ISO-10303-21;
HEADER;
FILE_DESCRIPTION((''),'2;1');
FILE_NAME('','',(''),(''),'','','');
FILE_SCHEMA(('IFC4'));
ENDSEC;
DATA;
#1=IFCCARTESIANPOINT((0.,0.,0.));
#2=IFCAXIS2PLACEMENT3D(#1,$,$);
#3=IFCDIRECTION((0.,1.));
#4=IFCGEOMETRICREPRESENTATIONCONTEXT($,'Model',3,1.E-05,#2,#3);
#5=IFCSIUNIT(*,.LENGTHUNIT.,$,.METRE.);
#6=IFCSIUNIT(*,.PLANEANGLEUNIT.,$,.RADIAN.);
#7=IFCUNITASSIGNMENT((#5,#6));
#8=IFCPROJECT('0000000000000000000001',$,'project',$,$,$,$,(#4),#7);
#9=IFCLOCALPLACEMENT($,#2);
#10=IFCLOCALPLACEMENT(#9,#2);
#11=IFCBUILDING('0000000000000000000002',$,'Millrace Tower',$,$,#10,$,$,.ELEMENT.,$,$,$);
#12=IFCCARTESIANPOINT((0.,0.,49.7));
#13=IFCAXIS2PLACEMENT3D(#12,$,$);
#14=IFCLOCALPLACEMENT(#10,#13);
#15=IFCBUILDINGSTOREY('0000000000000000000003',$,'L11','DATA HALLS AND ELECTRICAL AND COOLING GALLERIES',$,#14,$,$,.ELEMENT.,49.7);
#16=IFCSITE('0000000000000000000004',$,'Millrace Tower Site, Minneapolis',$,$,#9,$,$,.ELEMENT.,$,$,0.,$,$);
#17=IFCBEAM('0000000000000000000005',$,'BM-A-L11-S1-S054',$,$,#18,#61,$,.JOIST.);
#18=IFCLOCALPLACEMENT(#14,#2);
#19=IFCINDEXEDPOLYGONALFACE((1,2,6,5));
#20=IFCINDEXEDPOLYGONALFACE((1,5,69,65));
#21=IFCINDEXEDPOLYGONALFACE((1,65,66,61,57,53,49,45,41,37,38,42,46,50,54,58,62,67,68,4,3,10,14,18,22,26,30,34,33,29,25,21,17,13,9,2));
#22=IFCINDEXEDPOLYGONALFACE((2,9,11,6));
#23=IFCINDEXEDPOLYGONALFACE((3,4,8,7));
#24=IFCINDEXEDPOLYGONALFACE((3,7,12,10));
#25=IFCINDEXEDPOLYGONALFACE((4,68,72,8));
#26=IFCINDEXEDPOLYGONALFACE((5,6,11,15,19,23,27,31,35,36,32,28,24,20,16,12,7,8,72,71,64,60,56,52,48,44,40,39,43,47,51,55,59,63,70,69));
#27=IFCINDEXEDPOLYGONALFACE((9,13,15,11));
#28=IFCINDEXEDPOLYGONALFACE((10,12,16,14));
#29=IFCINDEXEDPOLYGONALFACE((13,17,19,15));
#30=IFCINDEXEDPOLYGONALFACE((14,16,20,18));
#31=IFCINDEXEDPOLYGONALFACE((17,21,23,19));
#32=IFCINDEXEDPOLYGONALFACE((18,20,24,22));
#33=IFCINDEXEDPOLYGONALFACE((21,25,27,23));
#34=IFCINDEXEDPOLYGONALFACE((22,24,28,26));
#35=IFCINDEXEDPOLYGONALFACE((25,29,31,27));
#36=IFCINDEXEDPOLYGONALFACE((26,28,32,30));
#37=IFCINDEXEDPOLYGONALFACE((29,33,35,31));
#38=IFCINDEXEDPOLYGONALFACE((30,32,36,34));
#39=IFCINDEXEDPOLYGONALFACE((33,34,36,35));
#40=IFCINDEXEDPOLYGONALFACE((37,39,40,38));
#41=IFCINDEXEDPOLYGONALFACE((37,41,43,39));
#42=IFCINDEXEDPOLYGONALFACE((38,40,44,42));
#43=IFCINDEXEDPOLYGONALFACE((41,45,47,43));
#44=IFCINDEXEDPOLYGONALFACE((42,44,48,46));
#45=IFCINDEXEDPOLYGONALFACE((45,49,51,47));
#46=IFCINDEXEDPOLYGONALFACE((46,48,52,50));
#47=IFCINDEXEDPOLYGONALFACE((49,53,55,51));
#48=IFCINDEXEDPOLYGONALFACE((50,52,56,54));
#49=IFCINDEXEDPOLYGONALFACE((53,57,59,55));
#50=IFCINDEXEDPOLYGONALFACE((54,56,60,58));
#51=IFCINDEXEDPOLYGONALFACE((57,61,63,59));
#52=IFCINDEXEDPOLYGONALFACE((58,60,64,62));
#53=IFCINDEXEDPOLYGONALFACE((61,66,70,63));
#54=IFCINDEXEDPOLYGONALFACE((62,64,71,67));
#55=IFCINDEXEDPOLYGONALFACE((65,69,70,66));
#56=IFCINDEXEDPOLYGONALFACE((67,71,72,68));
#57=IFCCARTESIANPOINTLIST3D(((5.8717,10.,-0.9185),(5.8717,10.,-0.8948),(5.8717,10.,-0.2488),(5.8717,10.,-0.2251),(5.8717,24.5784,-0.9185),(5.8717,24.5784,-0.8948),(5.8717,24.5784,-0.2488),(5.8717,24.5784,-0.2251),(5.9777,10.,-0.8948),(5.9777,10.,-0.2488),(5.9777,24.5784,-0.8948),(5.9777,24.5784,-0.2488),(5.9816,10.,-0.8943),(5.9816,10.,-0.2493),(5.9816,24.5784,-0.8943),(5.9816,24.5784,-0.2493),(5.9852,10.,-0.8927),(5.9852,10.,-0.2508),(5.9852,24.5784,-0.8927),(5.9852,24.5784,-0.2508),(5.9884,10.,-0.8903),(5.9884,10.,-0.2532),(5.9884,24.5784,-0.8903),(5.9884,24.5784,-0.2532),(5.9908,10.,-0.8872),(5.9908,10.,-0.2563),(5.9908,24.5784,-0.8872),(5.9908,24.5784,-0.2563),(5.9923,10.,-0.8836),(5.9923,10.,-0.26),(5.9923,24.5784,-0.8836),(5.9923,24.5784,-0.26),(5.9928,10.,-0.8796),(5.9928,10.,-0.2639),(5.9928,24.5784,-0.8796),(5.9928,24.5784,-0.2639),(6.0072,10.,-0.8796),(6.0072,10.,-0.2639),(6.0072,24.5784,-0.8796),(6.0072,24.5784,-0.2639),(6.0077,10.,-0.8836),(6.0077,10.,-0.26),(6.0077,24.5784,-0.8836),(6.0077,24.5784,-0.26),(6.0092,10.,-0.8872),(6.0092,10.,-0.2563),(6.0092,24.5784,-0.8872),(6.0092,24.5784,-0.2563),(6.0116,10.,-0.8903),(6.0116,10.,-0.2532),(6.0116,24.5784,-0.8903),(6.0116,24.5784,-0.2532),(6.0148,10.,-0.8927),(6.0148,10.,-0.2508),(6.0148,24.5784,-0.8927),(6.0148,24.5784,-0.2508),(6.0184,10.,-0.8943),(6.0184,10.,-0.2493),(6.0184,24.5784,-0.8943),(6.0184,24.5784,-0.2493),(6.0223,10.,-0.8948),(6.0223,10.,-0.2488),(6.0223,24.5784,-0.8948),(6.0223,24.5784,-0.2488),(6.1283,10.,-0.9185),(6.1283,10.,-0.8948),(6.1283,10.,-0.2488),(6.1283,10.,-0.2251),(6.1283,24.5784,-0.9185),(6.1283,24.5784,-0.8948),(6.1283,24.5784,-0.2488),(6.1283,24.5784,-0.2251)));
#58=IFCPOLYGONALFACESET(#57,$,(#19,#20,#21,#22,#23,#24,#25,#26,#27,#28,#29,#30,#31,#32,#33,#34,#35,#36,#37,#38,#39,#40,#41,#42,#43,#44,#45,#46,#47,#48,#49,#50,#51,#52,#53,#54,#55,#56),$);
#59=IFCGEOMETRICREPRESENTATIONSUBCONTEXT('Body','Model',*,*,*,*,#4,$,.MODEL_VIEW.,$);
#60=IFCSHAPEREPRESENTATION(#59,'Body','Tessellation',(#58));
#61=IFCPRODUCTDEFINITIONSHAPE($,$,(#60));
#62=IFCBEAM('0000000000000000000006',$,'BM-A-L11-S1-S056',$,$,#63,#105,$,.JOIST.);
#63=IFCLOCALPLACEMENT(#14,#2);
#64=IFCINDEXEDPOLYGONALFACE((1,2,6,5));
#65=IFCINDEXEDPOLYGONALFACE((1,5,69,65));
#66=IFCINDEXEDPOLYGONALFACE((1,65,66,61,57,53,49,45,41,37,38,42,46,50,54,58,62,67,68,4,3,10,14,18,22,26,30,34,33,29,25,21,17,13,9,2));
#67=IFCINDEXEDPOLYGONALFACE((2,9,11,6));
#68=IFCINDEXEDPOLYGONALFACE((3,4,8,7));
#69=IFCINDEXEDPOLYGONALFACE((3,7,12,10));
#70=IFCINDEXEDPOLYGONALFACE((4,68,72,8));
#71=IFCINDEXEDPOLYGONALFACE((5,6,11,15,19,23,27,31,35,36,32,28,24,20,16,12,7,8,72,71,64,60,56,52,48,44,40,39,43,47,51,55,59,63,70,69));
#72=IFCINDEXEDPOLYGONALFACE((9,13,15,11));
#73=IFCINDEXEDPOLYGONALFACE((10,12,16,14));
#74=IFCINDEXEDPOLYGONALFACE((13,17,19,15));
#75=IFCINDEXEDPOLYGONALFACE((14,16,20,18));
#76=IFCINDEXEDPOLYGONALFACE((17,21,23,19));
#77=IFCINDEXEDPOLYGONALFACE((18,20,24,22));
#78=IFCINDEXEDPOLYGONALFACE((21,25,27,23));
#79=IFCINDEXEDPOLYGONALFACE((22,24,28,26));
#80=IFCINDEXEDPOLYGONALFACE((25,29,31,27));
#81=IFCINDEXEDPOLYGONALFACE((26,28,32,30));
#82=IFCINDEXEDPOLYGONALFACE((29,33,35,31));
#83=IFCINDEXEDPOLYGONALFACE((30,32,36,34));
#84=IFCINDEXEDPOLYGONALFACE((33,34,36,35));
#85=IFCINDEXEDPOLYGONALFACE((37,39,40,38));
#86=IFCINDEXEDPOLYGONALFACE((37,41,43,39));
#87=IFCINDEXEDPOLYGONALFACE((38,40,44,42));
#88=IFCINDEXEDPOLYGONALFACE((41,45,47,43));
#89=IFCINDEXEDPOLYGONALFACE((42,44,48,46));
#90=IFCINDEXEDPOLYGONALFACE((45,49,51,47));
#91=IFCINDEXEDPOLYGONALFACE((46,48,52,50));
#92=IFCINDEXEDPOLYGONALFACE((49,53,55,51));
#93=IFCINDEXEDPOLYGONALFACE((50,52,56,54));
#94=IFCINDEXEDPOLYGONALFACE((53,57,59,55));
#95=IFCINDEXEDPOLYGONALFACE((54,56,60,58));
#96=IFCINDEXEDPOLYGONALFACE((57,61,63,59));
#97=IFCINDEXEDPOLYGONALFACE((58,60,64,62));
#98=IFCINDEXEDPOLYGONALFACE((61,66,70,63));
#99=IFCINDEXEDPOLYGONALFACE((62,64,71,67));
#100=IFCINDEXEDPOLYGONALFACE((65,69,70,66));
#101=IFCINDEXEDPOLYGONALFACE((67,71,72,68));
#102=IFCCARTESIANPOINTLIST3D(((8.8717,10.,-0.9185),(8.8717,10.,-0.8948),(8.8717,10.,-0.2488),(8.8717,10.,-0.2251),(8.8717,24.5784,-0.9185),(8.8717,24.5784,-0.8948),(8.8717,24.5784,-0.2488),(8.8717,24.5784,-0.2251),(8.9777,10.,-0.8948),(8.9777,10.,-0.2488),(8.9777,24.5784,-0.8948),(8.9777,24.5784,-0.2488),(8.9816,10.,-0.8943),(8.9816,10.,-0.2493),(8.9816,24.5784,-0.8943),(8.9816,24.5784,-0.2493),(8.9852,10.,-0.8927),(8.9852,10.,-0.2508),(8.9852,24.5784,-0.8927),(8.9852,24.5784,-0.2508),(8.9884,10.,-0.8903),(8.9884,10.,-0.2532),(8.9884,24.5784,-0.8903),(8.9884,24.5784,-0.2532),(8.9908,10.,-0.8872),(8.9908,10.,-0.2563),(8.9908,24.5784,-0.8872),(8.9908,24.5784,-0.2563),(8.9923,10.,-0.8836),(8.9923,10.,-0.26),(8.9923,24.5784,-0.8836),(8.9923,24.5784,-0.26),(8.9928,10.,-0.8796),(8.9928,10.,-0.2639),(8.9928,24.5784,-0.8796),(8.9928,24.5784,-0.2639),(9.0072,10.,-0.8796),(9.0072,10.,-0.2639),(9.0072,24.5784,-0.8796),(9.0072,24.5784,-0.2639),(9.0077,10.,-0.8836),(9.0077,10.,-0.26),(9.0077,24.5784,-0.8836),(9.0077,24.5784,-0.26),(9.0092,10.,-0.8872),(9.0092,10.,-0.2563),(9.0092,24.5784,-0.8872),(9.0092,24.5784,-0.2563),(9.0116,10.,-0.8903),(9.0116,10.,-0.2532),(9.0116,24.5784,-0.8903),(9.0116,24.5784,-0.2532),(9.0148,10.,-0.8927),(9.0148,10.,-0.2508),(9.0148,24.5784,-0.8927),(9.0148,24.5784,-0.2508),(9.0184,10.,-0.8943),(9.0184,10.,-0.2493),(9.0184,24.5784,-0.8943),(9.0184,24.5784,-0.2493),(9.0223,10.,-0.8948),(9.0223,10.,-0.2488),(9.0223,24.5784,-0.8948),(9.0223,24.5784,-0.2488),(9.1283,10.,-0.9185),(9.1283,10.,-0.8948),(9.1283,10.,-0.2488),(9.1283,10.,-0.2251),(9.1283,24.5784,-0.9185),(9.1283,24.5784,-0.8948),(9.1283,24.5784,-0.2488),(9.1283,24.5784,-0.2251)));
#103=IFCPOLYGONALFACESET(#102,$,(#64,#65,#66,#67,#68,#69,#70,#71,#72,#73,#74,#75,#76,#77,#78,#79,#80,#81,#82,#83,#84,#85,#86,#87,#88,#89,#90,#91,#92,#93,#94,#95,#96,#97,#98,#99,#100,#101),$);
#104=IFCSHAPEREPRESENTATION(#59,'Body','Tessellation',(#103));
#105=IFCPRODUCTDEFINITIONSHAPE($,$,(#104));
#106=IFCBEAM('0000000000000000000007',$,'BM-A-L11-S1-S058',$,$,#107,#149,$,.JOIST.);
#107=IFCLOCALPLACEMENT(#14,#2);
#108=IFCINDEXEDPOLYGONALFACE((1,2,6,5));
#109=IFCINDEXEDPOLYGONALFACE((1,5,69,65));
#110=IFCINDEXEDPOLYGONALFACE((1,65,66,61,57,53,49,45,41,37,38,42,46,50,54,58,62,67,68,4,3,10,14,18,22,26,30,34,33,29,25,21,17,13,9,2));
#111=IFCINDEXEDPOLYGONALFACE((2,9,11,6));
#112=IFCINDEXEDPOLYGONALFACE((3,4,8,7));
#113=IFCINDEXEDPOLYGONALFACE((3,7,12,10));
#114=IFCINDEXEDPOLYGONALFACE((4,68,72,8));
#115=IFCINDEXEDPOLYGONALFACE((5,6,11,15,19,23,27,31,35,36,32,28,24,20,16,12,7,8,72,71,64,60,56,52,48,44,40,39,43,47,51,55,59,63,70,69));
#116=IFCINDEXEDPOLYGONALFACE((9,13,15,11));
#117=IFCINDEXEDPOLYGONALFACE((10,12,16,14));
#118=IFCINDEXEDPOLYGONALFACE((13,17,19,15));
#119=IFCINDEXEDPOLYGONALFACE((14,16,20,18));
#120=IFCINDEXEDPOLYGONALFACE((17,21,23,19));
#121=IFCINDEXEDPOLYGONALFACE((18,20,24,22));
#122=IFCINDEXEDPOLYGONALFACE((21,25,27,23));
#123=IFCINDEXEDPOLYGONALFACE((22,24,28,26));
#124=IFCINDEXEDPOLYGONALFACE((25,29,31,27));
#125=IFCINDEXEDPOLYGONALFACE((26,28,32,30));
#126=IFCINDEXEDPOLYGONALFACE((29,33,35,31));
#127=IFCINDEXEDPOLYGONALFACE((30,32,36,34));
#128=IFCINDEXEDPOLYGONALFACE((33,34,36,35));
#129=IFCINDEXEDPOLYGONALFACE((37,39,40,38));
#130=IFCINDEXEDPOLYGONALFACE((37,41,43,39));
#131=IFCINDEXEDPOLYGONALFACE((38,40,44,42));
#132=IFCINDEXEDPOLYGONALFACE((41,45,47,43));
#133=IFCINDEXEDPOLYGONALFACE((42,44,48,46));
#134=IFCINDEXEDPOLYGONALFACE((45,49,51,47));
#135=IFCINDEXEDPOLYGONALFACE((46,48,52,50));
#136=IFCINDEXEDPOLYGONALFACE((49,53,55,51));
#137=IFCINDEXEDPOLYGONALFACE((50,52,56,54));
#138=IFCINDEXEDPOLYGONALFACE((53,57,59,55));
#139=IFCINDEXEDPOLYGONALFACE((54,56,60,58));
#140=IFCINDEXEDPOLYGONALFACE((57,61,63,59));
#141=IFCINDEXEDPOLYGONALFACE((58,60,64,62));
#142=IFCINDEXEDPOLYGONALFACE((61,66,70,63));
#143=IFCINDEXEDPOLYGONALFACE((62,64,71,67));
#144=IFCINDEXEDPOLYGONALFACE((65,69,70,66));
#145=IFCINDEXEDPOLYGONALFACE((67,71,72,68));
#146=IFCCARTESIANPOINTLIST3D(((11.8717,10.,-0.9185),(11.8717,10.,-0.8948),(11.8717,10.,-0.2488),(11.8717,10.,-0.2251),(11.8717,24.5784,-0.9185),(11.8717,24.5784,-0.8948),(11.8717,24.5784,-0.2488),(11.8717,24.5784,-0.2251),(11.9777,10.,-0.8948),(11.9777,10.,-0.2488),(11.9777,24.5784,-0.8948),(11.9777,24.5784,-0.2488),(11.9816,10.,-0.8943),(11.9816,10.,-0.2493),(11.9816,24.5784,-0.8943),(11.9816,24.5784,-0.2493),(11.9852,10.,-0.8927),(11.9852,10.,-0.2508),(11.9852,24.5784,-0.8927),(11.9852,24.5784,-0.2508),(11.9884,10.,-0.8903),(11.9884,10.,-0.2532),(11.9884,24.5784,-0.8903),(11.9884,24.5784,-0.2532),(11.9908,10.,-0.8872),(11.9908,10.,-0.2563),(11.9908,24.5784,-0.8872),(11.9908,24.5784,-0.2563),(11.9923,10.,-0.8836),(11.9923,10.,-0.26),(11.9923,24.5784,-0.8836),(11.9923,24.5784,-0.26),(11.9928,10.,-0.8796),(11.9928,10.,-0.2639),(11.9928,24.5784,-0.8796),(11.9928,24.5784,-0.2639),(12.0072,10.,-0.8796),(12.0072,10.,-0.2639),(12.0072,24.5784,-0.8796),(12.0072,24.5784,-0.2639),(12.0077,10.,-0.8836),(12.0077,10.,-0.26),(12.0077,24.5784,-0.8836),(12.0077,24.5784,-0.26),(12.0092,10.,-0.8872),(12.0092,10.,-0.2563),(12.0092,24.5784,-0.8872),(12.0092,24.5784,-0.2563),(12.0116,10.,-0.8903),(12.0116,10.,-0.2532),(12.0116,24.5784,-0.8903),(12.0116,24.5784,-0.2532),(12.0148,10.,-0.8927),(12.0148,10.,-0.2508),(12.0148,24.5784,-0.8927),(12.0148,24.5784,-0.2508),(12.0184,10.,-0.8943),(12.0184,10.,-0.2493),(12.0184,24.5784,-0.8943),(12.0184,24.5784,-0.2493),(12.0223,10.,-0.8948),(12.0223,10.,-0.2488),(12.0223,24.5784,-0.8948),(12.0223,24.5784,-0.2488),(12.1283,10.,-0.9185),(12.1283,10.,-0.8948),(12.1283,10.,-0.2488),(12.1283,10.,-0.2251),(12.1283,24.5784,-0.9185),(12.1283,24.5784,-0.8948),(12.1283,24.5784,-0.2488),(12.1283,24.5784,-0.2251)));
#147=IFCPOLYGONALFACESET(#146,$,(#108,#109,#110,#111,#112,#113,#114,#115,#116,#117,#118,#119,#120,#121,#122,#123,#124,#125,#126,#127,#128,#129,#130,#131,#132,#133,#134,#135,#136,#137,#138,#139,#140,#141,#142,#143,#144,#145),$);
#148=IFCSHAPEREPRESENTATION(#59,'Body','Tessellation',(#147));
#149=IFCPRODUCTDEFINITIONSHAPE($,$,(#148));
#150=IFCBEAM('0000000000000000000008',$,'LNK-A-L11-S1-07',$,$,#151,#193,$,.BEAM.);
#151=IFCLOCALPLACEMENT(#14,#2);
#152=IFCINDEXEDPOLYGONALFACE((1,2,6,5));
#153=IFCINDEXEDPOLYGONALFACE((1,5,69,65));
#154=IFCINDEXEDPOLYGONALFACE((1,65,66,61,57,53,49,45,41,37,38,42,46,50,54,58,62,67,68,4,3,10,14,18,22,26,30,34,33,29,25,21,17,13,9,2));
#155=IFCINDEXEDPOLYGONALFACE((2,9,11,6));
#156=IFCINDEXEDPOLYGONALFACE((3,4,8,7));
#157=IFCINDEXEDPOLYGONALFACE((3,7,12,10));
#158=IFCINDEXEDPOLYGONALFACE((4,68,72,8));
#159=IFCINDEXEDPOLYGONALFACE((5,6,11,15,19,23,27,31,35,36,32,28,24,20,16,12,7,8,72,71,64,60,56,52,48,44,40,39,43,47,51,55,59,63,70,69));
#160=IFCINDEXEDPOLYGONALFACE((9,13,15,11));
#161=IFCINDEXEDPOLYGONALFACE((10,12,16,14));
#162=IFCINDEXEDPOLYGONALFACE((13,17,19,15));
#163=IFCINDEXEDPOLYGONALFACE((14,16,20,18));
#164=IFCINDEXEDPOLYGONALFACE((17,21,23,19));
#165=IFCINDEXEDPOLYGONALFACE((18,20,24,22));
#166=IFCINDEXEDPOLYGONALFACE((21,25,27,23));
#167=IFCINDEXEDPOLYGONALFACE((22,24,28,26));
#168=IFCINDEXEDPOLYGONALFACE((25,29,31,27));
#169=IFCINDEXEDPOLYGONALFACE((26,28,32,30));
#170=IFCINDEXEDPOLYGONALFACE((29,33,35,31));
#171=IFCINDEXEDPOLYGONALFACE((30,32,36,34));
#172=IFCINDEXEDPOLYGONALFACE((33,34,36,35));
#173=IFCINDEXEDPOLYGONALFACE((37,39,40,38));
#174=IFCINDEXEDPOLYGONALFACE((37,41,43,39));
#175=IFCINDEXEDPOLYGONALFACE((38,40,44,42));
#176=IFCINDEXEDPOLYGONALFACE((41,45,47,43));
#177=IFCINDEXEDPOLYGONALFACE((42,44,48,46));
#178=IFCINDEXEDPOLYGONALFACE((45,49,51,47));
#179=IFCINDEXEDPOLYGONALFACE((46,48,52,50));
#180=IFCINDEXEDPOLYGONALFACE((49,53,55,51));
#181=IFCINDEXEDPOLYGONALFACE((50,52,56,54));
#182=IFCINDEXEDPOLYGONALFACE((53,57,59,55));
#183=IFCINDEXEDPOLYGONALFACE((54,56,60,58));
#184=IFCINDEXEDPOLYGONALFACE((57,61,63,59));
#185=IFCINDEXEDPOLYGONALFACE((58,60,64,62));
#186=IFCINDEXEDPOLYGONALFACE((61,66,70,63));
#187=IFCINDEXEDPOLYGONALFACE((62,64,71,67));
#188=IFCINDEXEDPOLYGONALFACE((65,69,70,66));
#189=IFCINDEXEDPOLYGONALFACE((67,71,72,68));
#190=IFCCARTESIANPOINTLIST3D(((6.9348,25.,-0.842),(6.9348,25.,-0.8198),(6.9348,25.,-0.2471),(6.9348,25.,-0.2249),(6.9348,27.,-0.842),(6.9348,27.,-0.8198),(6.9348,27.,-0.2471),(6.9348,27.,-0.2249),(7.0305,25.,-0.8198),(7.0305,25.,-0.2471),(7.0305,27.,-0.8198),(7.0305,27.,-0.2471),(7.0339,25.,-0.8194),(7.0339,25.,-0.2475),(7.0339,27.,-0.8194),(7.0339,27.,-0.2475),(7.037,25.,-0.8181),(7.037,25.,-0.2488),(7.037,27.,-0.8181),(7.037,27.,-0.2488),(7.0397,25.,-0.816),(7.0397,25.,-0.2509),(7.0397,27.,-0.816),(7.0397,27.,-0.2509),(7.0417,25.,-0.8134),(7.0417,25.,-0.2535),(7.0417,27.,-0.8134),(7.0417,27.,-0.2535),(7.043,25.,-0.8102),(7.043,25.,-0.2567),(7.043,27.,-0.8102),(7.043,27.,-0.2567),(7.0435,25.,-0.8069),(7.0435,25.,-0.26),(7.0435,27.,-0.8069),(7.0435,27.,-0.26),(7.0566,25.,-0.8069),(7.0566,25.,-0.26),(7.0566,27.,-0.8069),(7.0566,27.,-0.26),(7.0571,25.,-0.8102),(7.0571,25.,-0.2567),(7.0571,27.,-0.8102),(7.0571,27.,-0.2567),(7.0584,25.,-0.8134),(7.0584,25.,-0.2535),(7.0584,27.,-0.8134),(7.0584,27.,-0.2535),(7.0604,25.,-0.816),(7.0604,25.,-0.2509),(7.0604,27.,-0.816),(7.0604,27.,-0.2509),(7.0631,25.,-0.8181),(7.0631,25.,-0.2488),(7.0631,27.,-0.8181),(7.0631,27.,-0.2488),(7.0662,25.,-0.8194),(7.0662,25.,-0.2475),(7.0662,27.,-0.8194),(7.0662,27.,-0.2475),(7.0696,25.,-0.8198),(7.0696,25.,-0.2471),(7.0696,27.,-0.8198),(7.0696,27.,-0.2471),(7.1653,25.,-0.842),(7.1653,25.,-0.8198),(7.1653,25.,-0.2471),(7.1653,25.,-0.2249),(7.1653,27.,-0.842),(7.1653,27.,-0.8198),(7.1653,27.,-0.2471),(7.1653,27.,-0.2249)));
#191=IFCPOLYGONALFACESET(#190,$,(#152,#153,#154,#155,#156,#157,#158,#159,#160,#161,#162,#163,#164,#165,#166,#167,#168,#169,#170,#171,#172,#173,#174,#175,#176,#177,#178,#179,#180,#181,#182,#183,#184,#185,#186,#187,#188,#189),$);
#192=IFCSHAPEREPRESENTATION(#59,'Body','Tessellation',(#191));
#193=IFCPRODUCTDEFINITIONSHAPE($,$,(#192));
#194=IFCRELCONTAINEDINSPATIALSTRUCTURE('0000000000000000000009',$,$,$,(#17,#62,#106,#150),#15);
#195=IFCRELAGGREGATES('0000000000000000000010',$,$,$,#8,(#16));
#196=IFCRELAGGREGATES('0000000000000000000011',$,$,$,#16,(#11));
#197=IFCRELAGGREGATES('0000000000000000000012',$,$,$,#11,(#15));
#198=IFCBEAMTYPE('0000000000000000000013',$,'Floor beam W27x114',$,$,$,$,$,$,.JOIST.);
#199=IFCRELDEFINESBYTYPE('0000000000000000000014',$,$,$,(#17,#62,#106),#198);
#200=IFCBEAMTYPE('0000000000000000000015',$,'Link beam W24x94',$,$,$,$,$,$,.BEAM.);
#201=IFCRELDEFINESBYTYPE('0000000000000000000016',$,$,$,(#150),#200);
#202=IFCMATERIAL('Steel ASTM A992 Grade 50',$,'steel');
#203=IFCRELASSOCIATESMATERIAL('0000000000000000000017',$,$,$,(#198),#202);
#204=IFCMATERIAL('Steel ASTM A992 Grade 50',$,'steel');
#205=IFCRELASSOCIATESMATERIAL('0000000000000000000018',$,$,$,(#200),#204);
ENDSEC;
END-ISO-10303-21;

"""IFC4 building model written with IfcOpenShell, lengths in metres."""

from ifc_helpers import new_model, si_unit, direction, frame, origin, origin_2d, place, context, subcontext, project, spatial, i_section, extrude, material, material_profile, profile_set, type_object, element, save


model = new_model("IFC4")

# Units and contexts
model_context = context("Model", 3, precision=1e-05, world=origin(), true_north=direction((0.0, 1.0)))
body_context = subcontext(model_context, "Body", "Model", "MODEL_VIEW")
ifc_project = project(units=[si_unit("LENGTHUNIT", "METRE"), si_unit("PLANEANGLEUNIT", "RADIAN")], contexts=[model_context])

# Site, building, storey
site_placement = place(None, origin())
site = spatial("IfcSite", under=ifc_project, at=site_placement, Name="Millrace Tower Site, Minneapolis", CompositionType="ELEMENT", RefElevation=0.0)
building_placement = place(site_placement, origin())
building = spatial("IfcBuilding", under=site, at=building_placement, Name="Millrace Tower", CompositionType="ELEMENT")
storey_placement = place(building_placement, frame((0.0, 0.0, 49.7)))
storey = spatial("IfcBuildingStorey", under=building, at=storey_placement, Name="L11", Description="DATA HALLS AND ELECTRICAL AND COOLING GALLERIES", CompositionType="ELEMENT", Elevation=49.7)

# Beams
ifc_material_1 = material(Name="Steel ASTM A992 Grade 50", Category="steel")
ifc_material_profile_1 = material_profile(ifc_material_1, i_section(OverallWidth=0.2566, OverallDepth=0.6934, WebThickness=0.0144, FlangeThickness=0.0237, FilletRadius=0.0151, at=origin_2d()))
ifc_profile_set_1 = profile_set([ifc_material_profile_1], Name="Steel ASTM A992 Grade 50")
beam_type_1 = type_object("IfcBeamType", Name="Floor beam W27x114", PredefinedType="JOIST", material=ifc_profile_set_1)
for number, where, z_axis, x_axis, name in (
    (1, (6.0, 10.0, -0.5718), (0.0, 1.0, 0.0), (-1.0, 0.0, 0.0), "BM-A-L11-S1-S054"),
    (2, (9.0, 10.0, -0.5718), (0.0, 1.0, 0.0), (-1.0, 0.0, 0.0), "BM-A-L11-S1-S056"),
    (3, (12.0, 10.0, -0.5718), (0.0, 1.0, 0.0), (-1.0, 0.0, 0.0), "BM-A-L11-S1-S058"),
):
    element("IfcBeam", number, at=place(storey_placement, frame(where, z_axis=z_axis, x_axis=x_axis)), inside=storey, type_object=beam_type_1, Name=name, PredefinedType="JOIST", context=body_context, shape_type="SweptSolid", body=[
        extrude(i_section(OverallWidth=0.2566, OverallDepth=0.6934, WebThickness=0.0144, FlangeThickness=0.0237, FilletRadius=0.0151, at=origin_2d()), origin(), (0.0, 0.0, 1.0), 14.5784),
    ])
ifc_material_2 = material(Name="Steel ASTM A992 Grade 50", Category="steel")
ifc_material_profile_2 = material_profile(ifc_material_2, i_section(OverallWidth=0.2305, OverallDepth=0.6172, WebThickness=0.0132, FlangeThickness=0.0222, FilletRadius=0.0129, at=origin_2d()))
ifc_profile_set_2 = profile_set([ifc_material_profile_2], Name="Steel ASTM A992 Grade 50")
beam_type_2 = type_object("IfcBeamType", Name="Link beam W24x94", PredefinedType="BEAM", material=ifc_profile_set_2)
beam_1_placement = place(storey_placement, frame((7.05, 25.0, -0.5334), z_axis=(0.0, 1.0, 0.0), x_axis=(-1.0, 0.0, 0.0)))
element("IfcBeam", 4, at=beam_1_placement, inside=storey, type_object=beam_type_2, Name="LNK-A-L11-S1-07", PredefinedType="BEAM", context=body_context, shape_type="SweptSolid", body=[
    extrude(i_section(OverallWidth=0.2305, OverallDepth=0.6172, WebThickness=0.0132, FlangeThickness=0.0222, FilletRadius=0.0129, at=origin_2d()), origin(), (0.0, 0.0, 1.0), 2.0),
])

save(model, "model.ifc")
